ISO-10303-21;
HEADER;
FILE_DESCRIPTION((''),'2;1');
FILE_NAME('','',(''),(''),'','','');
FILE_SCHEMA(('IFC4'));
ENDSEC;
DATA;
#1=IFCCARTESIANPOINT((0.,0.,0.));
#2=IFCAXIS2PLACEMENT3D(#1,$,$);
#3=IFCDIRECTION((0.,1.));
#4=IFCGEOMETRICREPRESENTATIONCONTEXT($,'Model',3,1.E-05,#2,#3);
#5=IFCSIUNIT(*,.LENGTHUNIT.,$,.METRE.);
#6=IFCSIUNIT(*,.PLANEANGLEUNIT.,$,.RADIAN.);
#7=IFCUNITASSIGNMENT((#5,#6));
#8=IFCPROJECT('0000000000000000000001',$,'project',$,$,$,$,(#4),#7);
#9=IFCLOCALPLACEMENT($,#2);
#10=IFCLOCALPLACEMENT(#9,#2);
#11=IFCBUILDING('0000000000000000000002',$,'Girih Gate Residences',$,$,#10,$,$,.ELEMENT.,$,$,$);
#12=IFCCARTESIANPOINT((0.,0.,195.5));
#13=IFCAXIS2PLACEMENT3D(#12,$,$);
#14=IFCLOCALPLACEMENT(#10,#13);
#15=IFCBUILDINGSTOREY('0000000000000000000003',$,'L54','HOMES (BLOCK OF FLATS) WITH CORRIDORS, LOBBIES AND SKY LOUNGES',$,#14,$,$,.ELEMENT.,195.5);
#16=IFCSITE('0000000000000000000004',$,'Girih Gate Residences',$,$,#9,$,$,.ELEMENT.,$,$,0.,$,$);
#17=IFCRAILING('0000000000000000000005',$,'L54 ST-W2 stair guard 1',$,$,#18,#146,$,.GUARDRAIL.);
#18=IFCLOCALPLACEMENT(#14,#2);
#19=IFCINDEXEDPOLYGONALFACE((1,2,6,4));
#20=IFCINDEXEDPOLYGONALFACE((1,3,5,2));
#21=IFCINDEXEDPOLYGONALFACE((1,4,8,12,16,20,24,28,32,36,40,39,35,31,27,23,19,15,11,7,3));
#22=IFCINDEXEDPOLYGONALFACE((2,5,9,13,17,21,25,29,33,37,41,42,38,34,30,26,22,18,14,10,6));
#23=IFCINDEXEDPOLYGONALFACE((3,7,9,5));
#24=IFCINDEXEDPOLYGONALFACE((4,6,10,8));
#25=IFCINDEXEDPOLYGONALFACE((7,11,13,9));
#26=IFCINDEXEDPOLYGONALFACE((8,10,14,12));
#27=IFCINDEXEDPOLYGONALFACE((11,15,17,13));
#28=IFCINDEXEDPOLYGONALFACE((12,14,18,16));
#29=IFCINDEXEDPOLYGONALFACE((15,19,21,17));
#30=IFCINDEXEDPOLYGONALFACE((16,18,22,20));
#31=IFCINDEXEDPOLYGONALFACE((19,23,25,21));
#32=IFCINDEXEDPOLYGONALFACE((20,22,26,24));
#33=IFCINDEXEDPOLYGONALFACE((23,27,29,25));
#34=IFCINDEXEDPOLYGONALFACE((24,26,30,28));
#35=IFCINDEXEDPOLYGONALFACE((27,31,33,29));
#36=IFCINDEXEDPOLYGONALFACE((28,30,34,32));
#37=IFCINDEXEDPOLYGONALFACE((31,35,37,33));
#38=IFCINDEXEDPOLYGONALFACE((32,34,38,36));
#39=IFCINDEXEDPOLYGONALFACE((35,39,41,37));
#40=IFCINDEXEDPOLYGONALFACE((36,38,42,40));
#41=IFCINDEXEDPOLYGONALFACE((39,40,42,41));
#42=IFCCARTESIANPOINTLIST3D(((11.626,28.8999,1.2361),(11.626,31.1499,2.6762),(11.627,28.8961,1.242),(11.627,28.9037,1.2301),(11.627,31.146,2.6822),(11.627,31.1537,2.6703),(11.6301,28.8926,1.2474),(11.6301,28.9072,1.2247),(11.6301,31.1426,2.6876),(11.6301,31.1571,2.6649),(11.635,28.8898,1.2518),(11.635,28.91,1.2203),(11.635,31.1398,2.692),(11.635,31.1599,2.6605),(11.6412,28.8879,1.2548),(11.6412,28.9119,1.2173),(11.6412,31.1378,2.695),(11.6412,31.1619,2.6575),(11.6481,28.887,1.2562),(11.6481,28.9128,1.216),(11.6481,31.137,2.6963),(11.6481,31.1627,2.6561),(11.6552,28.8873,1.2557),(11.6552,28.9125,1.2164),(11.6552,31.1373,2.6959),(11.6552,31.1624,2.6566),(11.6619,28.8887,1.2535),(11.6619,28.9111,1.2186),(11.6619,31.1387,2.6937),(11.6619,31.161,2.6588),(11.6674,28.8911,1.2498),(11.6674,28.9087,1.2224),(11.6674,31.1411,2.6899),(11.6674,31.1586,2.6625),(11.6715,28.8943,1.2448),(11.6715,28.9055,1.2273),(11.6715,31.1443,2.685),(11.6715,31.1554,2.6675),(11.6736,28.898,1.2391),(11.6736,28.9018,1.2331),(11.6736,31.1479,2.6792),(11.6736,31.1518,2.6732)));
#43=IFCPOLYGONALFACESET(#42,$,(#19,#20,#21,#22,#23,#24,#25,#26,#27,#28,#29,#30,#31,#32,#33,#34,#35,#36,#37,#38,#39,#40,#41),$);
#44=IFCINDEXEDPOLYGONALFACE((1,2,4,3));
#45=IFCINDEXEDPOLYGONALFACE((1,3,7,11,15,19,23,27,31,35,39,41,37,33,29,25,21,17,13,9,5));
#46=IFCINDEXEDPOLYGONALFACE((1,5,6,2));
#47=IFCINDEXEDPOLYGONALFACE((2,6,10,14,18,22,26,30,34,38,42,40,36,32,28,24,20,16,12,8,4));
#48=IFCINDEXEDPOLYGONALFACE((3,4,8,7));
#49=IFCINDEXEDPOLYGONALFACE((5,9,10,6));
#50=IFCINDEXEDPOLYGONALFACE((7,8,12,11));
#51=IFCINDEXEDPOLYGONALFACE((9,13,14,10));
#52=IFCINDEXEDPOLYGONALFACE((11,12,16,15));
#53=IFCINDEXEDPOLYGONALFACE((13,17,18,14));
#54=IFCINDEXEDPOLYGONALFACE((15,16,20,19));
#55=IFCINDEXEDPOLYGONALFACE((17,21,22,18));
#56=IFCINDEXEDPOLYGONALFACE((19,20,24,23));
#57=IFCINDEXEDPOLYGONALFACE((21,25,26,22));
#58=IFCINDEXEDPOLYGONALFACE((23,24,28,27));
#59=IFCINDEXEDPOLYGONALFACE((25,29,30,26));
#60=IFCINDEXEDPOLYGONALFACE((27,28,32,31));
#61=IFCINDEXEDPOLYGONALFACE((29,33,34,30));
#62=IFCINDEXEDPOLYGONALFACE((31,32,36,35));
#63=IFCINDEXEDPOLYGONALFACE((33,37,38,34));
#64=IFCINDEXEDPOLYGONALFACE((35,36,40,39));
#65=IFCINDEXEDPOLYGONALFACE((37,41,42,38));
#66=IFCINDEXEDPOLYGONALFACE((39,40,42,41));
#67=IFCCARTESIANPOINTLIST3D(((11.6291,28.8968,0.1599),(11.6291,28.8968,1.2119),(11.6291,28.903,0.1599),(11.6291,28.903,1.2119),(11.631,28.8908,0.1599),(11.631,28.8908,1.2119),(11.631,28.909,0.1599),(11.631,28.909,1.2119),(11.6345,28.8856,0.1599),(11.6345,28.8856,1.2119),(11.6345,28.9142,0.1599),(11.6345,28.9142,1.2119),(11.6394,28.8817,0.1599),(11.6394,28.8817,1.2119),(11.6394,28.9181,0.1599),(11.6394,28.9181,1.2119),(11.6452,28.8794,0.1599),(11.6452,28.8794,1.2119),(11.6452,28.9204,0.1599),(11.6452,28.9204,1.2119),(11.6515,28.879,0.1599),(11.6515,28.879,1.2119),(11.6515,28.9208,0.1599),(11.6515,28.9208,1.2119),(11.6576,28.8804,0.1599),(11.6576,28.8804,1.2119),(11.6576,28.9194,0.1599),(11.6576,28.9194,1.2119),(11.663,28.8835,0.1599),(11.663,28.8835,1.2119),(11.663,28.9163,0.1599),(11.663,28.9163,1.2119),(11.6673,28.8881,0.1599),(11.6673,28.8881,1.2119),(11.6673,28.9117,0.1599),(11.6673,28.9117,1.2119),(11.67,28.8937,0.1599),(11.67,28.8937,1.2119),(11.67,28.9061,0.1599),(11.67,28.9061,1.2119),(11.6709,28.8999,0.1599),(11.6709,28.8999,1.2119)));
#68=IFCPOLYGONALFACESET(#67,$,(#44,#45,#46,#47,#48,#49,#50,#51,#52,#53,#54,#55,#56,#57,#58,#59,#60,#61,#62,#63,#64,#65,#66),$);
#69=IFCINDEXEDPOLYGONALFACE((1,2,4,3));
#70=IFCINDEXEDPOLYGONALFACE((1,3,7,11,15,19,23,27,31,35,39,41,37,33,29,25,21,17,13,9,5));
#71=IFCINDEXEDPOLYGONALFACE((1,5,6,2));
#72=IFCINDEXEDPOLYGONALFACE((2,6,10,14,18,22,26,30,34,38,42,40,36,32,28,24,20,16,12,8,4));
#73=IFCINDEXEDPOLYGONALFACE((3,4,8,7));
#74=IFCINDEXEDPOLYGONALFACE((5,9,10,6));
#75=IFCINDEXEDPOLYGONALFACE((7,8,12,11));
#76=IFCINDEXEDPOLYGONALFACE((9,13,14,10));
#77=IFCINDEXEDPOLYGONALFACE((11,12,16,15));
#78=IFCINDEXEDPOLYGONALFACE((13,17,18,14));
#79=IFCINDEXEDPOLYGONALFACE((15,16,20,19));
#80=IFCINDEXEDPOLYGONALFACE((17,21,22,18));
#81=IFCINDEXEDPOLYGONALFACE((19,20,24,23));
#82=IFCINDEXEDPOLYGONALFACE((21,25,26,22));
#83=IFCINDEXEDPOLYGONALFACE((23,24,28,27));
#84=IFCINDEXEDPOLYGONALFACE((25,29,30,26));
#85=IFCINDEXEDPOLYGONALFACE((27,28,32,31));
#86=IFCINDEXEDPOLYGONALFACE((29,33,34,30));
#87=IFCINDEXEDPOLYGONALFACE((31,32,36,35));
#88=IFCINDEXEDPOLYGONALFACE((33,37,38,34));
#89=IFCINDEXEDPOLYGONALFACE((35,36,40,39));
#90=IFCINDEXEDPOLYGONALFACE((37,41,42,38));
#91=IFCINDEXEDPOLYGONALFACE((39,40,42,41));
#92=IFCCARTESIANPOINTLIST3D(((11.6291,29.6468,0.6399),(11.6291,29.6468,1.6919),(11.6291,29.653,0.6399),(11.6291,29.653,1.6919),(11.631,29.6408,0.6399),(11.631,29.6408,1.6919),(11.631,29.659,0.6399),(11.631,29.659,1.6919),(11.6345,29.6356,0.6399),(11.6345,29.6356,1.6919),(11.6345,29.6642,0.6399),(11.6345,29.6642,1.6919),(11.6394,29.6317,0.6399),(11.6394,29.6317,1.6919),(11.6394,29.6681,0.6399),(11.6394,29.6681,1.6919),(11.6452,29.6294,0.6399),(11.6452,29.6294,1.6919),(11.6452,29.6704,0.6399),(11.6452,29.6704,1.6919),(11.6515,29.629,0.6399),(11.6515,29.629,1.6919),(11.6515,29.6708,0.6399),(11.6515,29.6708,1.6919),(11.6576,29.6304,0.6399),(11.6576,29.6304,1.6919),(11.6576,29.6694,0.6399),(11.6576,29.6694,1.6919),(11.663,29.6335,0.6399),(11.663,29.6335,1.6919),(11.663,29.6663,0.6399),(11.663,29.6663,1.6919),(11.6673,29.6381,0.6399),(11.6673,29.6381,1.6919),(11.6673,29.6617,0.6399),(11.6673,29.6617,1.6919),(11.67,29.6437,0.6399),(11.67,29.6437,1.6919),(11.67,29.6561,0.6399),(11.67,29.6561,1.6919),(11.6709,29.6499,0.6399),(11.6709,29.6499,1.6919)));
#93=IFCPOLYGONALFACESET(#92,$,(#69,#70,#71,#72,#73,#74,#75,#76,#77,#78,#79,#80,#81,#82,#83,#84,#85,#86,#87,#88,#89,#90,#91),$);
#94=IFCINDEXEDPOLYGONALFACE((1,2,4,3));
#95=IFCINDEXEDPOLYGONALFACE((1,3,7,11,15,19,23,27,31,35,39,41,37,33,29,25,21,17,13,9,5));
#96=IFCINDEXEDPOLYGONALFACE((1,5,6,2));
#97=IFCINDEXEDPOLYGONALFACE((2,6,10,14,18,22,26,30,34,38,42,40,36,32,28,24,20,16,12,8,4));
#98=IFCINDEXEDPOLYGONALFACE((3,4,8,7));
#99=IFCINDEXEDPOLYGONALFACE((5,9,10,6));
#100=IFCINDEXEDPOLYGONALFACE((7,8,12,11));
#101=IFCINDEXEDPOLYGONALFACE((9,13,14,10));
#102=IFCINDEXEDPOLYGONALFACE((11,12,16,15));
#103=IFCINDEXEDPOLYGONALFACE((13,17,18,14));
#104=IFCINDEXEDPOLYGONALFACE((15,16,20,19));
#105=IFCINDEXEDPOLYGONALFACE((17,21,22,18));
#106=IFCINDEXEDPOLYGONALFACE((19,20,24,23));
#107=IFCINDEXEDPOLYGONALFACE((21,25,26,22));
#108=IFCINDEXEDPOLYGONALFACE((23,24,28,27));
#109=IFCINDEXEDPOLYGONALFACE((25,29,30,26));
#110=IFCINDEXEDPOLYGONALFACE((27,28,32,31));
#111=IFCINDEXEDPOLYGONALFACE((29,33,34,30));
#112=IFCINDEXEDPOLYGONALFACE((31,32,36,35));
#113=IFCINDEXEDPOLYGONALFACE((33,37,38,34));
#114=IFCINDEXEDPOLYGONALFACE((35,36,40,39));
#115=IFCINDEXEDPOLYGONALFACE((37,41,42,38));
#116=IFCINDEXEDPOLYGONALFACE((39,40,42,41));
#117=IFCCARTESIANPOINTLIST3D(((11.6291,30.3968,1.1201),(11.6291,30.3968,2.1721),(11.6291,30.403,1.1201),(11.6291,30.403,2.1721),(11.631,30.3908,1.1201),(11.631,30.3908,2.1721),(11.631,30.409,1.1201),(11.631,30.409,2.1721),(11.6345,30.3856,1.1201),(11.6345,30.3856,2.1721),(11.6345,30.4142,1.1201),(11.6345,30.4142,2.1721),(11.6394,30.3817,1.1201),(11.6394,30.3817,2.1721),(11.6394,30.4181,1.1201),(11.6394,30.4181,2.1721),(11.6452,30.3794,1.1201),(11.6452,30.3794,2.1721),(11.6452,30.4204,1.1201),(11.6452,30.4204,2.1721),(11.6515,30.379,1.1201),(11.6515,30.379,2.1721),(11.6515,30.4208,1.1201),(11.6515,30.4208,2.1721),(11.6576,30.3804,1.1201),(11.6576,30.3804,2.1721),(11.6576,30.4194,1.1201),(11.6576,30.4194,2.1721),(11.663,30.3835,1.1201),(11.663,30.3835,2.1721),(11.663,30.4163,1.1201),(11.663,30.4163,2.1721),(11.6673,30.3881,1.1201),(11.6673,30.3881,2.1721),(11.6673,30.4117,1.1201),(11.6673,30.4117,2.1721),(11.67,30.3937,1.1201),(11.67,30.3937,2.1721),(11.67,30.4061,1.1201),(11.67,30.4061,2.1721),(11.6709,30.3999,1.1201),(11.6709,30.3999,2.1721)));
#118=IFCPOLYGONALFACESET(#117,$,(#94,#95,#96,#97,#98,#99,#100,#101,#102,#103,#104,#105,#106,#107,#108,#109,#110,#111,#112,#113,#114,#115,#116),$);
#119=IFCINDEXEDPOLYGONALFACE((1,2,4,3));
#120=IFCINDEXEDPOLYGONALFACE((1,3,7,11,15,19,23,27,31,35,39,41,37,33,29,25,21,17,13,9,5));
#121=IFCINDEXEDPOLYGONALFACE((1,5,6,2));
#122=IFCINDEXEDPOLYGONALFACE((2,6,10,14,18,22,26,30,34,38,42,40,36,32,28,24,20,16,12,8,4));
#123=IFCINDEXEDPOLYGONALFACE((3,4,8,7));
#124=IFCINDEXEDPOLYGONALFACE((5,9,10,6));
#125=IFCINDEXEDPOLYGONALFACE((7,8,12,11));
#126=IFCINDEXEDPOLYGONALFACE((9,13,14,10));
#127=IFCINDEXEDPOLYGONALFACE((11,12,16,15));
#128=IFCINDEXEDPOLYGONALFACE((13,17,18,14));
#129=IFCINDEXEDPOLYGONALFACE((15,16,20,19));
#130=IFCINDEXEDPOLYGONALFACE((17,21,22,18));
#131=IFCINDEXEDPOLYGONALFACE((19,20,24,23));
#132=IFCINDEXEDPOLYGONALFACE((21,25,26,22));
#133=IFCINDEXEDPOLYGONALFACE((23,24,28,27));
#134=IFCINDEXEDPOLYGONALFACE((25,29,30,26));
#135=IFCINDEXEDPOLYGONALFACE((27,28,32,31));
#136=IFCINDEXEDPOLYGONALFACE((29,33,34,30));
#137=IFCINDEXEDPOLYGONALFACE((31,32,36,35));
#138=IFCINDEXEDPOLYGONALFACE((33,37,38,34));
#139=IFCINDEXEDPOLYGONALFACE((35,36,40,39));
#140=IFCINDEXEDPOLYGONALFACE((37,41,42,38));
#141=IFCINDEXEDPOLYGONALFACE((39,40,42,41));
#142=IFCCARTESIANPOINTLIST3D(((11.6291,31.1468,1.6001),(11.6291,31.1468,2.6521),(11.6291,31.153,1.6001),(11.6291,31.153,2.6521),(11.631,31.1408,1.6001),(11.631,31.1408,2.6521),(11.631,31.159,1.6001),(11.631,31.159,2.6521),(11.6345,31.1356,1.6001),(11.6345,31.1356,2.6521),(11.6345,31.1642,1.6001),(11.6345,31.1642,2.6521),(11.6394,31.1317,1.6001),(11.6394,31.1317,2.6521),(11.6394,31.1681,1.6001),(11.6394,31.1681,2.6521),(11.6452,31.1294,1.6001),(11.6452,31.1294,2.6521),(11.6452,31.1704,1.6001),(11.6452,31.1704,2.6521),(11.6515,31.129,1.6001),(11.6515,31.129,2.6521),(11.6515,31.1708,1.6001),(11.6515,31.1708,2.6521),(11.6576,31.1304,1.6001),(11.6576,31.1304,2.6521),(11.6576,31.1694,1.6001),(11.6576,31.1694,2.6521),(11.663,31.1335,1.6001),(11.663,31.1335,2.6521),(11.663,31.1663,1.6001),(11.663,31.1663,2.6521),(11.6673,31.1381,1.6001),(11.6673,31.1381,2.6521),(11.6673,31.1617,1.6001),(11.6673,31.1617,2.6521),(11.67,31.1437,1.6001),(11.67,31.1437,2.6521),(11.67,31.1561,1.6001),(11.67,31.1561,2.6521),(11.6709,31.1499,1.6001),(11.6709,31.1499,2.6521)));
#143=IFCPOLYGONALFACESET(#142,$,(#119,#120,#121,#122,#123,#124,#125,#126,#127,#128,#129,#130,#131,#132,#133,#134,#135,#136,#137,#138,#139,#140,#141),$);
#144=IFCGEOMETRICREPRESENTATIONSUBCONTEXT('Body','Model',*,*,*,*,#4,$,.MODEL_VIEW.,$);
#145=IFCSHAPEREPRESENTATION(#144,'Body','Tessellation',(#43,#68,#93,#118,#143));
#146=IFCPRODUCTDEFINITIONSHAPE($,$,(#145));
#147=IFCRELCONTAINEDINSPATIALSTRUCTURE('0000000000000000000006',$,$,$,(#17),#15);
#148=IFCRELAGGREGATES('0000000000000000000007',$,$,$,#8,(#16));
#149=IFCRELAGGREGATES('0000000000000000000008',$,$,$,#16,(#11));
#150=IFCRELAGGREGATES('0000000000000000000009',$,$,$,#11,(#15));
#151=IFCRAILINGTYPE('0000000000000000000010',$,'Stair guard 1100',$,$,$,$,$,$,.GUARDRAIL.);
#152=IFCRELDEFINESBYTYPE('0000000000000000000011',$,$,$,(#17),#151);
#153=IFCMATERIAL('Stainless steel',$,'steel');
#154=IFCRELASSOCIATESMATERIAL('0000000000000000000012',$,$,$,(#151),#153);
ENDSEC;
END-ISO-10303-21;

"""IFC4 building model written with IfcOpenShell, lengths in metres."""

from ifc_helpers import new_model, si_unit, direction, frame, origin, origin_2d, place, context, subcontext, project, spatial, circle, extrude, material, type_object, element, save


model = new_model("IFC4")

# Units and contexts
model_context = context("Model", 3, precision=1e-05, world=origin(), true_north=direction((0.0, 1.0)))
body_context = subcontext(model_context, "Body", "Model", "MODEL_VIEW")
ifc_project = project(units=[si_unit("LENGTHUNIT", "METRE"), si_unit("PLANEANGLEUNIT", "RADIAN")], contexts=[model_context])

# Site, building, storey
site_placement = place(None, origin())
site = spatial("IfcSite", under=ifc_project, at=site_placement, Name="Girih Gate Residences", CompositionType="ELEMENT", RefElevation=0.0)
building_placement = place(site_placement, origin())
building = spatial("IfcBuilding", under=site, at=building_placement, Name="Girih Gate Residences", CompositionType="ELEMENT")
storey_placement = place(building_placement, frame((0.0, 0.0, 195.5)))
storey = spatial("IfcBuildingStorey", under=building, at=storey_placement, Name="L54", Description="HOMES (BLOCK OF FLATS) WITH CORRIDORS, LOBBIES AND SKY LOUNGES", CompositionType="ELEMENT", Elevation=195.5)

# Railing
ifc_material_1 = material(Name="Stainless steel", Category="steel")
railing_type_1 = type_object("IfcRailingType", Name="Stair guard 1100", PredefinedType="GUARDRAIL", material=ifc_material_1)
for number, where, name in (
    (1, (11.6499, 28.8999, 0.1599), "L54 ST-W2 stair guard 1"),
):
    element("IfcRailing", number, at=place(storey_placement, frame(where)), inside=storey, type_object=railing_type_1, Name=name, PredefinedType="GUARDRAIL", context=body_context, shape_type="SweptSolid", body=[
        extrude(circle(Radius=0.0239, at=origin_2d()), frame((0.0, 0.0, 1.0762), z_axis=(0.0, 0.84224, 0.539103), x_axis=(-1.0, 0.0, 0.0)), (0.0, 0.0, 1.0), 2.6714),
        extrude(circle(Radius=0.021, at=origin_2d()), origin(), (0.0, 0.0, 1.0), 1.052),
        extrude(circle(Radius=0.021, at=origin_2d()), frame((0.0, 0.75, 0.48)), (0.0, 0.0, 1.0), 1.052),
        extrude(circle(Radius=0.021, at=origin_2d()), frame((0.0, 1.5, 0.9602)), (0.0, 0.0, 1.0), 1.052),
        extrude(circle(Radius=0.021, at=origin_2d()), frame((0.0, 2.25, 1.4402)), (0.0, 0.0, 1.0), 1.052),
    ])

save(model, "model.ifc")
